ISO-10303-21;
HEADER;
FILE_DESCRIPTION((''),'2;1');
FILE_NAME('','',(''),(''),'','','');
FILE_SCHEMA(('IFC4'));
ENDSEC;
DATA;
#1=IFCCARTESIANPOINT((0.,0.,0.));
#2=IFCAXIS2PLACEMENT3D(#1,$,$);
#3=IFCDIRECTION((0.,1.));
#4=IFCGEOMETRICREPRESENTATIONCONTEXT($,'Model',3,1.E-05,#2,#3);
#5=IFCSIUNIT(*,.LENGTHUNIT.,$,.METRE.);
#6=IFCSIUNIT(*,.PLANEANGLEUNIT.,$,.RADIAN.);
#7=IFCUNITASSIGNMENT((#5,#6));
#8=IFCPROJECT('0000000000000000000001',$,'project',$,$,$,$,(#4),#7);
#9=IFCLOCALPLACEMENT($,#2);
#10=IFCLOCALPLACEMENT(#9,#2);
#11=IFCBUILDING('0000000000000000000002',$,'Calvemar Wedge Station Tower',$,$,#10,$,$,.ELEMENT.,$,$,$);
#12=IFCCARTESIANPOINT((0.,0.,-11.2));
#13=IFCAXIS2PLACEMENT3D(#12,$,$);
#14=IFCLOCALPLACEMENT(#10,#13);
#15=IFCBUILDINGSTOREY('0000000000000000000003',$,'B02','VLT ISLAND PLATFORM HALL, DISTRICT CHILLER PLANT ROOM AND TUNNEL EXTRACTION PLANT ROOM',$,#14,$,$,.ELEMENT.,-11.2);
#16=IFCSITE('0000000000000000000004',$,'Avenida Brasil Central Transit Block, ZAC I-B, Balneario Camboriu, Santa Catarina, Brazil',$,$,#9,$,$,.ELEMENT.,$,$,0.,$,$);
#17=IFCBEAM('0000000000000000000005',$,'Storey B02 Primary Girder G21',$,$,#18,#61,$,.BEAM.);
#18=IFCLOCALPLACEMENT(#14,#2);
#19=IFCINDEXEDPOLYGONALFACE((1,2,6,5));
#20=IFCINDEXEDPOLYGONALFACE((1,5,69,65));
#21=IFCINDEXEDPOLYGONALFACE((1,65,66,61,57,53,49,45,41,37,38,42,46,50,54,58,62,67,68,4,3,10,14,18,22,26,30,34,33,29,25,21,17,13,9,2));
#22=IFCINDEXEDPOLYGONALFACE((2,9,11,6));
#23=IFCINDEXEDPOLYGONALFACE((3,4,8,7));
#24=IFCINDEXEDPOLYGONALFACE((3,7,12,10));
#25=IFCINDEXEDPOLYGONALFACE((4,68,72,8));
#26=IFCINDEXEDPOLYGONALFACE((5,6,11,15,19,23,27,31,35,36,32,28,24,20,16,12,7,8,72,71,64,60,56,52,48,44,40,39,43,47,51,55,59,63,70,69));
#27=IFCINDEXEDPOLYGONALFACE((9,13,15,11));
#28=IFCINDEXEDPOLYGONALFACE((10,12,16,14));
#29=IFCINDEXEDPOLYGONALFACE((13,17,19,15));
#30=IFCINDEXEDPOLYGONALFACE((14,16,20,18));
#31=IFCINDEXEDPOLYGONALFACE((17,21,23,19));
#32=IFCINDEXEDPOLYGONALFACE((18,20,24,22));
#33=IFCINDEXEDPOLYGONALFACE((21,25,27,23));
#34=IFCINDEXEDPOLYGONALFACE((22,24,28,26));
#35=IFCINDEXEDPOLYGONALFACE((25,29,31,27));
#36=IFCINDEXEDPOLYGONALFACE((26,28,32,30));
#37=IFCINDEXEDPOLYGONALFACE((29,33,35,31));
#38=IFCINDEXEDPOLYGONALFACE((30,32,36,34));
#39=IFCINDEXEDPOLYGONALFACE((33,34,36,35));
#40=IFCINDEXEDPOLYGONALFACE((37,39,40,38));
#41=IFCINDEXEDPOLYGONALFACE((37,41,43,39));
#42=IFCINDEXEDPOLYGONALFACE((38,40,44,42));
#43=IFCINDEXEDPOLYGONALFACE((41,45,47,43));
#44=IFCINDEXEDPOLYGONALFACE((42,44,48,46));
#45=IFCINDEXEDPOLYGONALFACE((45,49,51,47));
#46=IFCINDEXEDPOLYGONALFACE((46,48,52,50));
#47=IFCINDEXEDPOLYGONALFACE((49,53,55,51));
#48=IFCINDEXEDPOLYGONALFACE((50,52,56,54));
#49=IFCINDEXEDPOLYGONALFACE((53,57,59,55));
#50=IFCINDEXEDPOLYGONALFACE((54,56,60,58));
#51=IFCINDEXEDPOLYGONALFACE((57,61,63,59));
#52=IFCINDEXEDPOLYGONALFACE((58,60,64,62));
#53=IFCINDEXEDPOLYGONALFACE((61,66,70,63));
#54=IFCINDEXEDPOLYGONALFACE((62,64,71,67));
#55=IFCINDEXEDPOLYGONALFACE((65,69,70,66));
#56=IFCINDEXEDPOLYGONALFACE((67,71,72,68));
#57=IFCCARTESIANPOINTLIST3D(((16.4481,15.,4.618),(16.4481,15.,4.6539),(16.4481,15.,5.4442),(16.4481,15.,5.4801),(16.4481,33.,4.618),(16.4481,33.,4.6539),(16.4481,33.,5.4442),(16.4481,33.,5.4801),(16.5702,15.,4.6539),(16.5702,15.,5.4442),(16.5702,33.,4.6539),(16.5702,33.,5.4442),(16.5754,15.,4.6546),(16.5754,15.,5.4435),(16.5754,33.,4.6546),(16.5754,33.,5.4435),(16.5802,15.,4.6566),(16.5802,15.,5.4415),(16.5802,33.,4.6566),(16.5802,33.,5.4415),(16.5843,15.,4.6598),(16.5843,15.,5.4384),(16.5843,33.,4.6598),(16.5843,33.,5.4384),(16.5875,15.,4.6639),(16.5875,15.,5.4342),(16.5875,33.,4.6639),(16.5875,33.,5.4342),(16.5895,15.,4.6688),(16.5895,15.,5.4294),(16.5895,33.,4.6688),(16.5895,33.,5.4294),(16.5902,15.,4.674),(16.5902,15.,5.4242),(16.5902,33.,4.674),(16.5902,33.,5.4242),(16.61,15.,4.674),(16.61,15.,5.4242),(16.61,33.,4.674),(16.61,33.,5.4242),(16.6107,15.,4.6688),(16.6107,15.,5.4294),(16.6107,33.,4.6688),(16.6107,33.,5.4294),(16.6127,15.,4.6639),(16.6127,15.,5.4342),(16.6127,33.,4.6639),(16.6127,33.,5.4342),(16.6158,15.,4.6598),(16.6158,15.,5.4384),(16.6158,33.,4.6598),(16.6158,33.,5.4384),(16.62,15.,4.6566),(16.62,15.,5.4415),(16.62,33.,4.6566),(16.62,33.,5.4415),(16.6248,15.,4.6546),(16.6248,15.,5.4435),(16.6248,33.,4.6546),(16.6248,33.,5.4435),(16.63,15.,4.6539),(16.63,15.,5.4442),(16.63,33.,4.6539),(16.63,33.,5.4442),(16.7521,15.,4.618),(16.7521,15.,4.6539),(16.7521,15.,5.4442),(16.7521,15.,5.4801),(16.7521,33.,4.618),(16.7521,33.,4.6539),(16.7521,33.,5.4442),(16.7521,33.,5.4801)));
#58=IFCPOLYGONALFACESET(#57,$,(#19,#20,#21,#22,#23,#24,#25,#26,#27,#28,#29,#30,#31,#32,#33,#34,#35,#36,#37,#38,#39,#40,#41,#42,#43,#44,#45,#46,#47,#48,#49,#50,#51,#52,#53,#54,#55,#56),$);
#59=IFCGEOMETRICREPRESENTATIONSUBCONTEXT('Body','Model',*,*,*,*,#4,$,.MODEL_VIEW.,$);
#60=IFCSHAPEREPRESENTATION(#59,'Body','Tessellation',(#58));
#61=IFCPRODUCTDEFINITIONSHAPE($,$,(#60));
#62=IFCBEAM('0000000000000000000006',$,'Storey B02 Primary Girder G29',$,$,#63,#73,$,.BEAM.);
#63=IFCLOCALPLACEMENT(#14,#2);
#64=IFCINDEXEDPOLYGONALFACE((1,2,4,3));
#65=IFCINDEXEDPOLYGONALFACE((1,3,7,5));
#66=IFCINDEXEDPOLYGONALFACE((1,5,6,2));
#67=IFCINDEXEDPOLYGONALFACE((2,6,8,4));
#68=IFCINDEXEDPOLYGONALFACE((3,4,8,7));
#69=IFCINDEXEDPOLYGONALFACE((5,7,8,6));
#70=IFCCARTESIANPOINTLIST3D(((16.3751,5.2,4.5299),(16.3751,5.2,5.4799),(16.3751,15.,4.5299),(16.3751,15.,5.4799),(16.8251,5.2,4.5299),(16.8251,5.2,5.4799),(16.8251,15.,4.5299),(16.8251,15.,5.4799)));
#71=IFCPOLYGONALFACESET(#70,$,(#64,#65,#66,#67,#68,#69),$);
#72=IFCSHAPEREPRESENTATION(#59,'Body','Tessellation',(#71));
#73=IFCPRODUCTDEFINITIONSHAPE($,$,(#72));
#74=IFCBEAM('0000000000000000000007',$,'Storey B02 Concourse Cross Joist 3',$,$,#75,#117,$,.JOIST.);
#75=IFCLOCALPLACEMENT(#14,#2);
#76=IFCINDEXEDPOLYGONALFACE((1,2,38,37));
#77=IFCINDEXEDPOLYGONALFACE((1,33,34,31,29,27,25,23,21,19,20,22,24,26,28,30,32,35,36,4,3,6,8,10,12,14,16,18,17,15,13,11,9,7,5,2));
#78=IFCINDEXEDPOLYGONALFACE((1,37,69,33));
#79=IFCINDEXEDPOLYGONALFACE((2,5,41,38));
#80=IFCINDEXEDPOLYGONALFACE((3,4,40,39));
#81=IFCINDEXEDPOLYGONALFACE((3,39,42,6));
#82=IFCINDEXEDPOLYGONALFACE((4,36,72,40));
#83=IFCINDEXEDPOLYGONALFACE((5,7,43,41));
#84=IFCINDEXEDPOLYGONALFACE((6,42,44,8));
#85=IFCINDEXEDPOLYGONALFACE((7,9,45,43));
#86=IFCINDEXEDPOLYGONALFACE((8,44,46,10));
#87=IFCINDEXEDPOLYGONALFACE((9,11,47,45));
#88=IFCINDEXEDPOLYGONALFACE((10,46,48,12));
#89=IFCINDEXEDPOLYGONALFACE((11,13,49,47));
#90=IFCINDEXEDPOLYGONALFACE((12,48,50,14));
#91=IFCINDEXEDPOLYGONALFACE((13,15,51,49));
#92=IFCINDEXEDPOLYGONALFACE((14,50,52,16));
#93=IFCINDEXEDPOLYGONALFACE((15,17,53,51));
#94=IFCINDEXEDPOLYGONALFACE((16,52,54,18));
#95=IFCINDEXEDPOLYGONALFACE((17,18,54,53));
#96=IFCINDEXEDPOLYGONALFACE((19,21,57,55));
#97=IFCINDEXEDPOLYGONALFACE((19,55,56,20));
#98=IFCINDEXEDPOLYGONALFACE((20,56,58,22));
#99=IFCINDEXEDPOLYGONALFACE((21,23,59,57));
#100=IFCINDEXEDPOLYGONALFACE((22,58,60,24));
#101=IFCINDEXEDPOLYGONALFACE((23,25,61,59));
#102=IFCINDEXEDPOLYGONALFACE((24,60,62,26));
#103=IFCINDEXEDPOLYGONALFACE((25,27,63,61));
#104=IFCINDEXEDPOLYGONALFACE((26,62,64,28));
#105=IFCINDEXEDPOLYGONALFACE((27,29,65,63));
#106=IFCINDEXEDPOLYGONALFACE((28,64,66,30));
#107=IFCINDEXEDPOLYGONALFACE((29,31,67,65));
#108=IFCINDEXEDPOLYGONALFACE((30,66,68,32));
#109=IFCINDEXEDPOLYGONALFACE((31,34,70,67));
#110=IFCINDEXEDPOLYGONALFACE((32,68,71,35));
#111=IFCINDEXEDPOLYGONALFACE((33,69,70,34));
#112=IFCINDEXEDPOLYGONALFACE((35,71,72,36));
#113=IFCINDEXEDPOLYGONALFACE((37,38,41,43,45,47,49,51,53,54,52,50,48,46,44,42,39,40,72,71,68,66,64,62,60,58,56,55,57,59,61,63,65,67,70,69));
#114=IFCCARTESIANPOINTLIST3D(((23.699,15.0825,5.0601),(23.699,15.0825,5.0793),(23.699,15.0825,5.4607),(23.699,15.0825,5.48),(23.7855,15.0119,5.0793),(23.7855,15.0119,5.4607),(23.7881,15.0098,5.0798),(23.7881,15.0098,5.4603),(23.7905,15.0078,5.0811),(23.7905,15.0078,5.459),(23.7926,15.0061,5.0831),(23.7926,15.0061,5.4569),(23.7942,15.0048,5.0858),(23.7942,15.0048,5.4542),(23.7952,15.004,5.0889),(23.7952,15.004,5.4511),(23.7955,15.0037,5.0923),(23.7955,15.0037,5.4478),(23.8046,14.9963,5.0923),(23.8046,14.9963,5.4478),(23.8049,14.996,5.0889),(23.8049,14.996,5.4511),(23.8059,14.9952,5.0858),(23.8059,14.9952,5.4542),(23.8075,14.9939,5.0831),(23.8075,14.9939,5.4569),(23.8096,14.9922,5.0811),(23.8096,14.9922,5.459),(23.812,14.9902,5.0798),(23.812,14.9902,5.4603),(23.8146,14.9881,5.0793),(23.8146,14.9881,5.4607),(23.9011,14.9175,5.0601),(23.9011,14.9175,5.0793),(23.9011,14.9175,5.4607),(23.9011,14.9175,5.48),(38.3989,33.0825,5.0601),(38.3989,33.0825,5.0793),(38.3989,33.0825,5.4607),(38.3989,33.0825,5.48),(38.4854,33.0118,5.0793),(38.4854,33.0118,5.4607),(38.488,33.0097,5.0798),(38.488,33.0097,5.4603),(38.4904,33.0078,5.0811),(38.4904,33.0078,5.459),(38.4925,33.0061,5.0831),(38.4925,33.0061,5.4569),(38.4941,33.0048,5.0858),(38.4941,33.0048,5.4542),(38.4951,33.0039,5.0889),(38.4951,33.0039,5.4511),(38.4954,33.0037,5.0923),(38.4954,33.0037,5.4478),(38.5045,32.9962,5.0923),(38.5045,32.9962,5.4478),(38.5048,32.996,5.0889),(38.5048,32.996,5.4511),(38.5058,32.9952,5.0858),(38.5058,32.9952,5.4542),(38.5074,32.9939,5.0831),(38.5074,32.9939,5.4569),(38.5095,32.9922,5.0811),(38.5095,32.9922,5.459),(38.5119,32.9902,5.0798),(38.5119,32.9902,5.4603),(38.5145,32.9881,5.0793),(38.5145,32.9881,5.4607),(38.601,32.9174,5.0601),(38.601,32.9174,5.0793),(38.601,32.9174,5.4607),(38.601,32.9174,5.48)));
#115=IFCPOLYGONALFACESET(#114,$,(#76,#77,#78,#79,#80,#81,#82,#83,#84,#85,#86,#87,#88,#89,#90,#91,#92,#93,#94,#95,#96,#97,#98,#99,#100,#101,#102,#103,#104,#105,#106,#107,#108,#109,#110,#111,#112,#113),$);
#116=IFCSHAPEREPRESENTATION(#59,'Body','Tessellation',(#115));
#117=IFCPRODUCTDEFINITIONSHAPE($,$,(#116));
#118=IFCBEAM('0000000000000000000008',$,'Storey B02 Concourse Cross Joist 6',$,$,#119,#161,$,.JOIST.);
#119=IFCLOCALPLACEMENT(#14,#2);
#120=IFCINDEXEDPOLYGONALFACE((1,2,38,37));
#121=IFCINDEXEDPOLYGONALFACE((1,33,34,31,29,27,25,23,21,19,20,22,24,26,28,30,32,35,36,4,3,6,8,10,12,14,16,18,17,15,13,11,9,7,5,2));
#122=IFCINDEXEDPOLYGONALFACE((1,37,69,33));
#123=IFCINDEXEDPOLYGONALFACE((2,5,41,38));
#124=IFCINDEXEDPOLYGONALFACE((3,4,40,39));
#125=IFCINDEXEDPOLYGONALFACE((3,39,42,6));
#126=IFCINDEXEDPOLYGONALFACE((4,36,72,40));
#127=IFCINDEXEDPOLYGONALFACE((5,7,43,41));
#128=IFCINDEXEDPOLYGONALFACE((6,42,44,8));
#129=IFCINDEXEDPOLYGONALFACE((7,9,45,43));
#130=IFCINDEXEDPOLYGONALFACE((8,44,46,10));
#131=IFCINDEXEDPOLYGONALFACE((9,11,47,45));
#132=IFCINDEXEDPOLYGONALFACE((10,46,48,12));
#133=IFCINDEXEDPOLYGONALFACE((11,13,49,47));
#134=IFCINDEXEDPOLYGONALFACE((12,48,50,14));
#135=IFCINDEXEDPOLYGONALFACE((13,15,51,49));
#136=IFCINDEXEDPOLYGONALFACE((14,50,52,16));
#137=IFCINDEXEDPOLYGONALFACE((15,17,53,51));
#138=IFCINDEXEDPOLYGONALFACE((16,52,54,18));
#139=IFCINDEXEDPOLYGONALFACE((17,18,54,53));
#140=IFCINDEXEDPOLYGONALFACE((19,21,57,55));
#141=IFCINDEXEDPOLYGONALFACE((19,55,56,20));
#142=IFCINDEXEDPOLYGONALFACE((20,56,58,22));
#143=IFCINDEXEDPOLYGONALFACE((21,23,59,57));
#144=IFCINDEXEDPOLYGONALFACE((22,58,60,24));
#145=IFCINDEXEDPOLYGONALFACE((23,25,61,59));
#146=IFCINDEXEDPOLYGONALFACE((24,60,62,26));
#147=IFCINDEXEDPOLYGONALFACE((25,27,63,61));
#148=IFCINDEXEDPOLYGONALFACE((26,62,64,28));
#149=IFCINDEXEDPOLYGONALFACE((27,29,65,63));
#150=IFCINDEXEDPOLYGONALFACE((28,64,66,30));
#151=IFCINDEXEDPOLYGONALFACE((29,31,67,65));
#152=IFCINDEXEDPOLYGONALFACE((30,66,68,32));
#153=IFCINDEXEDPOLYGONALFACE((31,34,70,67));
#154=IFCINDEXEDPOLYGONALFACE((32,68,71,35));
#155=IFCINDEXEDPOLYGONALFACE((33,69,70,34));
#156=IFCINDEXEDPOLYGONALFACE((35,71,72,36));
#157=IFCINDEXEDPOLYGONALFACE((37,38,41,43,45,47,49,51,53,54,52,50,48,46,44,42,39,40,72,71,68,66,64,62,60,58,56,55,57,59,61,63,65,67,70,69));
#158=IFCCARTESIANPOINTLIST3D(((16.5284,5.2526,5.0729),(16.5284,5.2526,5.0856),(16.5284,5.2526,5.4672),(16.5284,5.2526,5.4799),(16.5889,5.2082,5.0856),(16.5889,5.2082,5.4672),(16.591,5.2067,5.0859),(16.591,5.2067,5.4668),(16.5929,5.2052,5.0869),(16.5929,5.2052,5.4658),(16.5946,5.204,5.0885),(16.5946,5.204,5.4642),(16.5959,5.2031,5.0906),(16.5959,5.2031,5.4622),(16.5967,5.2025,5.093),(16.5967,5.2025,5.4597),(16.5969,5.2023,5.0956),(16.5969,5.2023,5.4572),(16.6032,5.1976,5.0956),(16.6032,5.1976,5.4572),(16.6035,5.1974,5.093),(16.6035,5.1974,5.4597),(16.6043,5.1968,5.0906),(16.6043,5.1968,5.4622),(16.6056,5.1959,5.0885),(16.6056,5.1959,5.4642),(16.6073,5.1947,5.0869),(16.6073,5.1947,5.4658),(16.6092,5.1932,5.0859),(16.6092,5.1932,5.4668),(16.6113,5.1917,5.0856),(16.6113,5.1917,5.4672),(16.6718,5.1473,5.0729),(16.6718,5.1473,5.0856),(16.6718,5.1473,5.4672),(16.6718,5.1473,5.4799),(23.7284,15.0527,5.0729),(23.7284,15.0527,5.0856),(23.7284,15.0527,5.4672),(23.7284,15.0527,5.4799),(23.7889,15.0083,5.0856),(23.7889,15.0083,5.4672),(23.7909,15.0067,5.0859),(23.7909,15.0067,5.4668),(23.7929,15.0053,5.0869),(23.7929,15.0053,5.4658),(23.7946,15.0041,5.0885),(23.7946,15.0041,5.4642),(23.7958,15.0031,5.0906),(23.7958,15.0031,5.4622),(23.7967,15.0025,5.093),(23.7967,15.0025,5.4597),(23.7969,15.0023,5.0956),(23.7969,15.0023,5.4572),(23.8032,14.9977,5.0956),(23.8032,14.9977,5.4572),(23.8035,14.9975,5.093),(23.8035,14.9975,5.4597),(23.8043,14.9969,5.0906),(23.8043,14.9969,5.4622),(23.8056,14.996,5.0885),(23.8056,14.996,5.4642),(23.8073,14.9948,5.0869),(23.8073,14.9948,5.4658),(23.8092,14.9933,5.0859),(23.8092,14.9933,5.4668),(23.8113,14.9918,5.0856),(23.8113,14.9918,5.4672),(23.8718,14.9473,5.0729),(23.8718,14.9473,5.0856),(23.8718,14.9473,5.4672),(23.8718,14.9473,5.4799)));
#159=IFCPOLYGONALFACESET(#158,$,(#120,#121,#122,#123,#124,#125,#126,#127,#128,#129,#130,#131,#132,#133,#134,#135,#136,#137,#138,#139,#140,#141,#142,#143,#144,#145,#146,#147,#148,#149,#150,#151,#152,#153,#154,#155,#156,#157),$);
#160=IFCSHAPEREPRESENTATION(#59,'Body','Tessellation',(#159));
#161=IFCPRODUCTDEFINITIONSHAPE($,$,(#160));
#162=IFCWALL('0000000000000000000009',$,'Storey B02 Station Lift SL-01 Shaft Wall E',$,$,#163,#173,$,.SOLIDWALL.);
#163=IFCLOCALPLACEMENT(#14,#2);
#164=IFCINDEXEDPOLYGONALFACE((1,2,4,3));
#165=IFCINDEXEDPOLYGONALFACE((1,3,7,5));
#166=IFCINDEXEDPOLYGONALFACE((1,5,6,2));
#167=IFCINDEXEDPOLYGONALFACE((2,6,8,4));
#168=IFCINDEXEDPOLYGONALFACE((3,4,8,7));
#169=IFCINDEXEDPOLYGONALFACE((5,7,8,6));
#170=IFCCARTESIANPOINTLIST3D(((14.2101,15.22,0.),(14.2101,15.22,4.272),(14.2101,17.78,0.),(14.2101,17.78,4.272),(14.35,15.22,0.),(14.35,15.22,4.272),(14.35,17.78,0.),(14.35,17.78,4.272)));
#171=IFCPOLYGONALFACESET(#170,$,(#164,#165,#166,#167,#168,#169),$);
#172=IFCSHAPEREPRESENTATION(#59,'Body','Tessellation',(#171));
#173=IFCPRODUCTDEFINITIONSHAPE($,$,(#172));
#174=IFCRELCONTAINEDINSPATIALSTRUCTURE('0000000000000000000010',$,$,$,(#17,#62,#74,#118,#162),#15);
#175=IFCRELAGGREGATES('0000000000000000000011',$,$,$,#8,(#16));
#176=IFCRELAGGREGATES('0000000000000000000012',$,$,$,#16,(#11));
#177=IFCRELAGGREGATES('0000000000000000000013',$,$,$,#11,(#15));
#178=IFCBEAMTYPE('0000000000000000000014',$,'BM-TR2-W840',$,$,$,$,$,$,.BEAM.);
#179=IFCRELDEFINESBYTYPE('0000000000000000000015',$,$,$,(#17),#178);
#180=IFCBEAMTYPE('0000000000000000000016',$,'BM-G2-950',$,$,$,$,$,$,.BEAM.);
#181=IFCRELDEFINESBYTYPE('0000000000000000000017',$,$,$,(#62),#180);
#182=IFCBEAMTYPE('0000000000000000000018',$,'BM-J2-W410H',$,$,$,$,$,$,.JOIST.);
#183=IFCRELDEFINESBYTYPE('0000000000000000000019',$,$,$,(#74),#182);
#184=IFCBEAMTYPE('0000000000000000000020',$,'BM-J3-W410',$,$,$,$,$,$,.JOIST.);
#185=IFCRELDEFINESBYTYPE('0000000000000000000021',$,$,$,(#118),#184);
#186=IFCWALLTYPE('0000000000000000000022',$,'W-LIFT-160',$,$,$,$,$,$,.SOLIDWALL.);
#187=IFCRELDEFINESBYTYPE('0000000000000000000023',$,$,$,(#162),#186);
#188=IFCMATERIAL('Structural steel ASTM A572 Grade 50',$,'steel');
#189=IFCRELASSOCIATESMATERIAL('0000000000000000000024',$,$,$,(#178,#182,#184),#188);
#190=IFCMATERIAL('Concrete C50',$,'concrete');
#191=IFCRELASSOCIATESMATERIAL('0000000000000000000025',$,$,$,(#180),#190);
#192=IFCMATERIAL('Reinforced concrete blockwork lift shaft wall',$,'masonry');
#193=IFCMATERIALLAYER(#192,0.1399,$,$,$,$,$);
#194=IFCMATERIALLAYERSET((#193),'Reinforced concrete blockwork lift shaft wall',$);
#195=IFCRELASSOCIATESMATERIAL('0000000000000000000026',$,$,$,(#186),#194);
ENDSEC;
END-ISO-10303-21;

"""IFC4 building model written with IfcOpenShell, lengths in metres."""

from ifc_helpers import new_model, si_unit, direction, frame, frame_2d, origin, origin_2d, place, context, subcontext, project, spatial, rectangle, i_section, extrude, source, transform, mapped, material, layer, layer_set, material_profile, profile_set, type_object, element, save


model = new_model("IFC4")

# Units and contexts
model_context = context("Model", 3, precision=1e-05, world=origin(), true_north=direction((0.0, 1.0)))
body_context = subcontext(model_context, "Body", "Model", "MODEL_VIEW")
ifc_project = project(units=[si_unit("LENGTHUNIT", "METRE"), si_unit("PLANEANGLEUNIT", "RADIAN")], contexts=[model_context])

# Site, building, storey
site_placement = place(None, origin())
site = spatial("IfcSite", under=ifc_project, at=site_placement, Name="Avenida Brasil Central Transit Block, ZAC I-B, Balneario Camboriu, Santa Catarina, Brazil", CompositionType="ELEMENT", RefElevation=0.0)
building_placement = place(site_placement, origin())
building = spatial("IfcBuilding", under=site, at=building_placement, Name="Calvemar Wedge Station Tower", CompositionType="ELEMENT")
storey_placement = place(building_placement, frame((0.0, 0.0, -11.2)))
storey = spatial("IfcBuildingStorey", under=building, at=storey_placement, Name="B02", Description="VLT ISLAND PLATFORM HALL, DISTRICT CHILLER PLANT ROOM AND TUNNEL EXTRACTION PLANT ROOM", CompositionType="ELEMENT", Elevation=-11.2)

# Beams
ifc_material_1 = material(Name="Structural steel ASTM A572 Grade 50", Category="steel")
ifc_material_profile_1 = material_profile(ifc_material_1, i_section(OverallWidth=0.304, OverallDepth=0.8621, WebThickness=0.0198, FlangeThickness=0.0359, FilletRadius=0.02, at=origin_2d()), Name="W840x329")
ifc_profile_set_1 = profile_set([ifc_material_profile_1], Name="Structural steel ASTM A572 Grade 50")
beam_type_1 = type_object("IfcBeamType", Name="BM-TR2-W840", PredefinedType="BEAM", material=ifc_profile_set_1)
shared_shape_1 = source(origin(), body_context, "Body", "SweptSolid", [
    extrude(i_section(OverallWidth=0.304, OverallDepth=0.8621, WebThickness=0.0198, FlangeThickness=0.0359, FilletRadius=0.02, at=origin_2d()), origin(), (0.0, 0.0, 1.0), 18.0),
])
beam_1_placement = place(storey_placement, frame((16.6001, 15.0, 5.0491), z_axis=(0.0, 1.0, 0.0), x_axis=(-1.0, 0.0, 0.0)))
element("IfcBeam", 1, at=beam_1_placement, inside=storey, type_object=beam_type_1, Name="Storey B02 Primary Girder G21", PredefinedType="BEAM", context=body_context, shape_type="MappedRepresentation", body=[
    mapped(shared_shape_1, transform((0.0, 0.0, 0.0), scale=1.0)),
])
ifc_material_2 = material(Name="Concrete C50", Category="concrete")
ifc_material_profile_2 = material_profile(ifc_material_2, rectangle(XDim=0.45, YDim=0.95, at=origin_2d()), Name="RC450x950")
ifc_profile_set_2 = profile_set([ifc_material_profile_2], Name="Concrete C50")
beam_type_2 = type_object("IfcBeamType", Name="BM-G2-950", PredefinedType="BEAM", material=ifc_profile_set_2)
shared_shape_2 = source(origin(), body_context, "Body", "SweptSolid", [
    extrude(rectangle(XDim=0.45, YDim=0.95, at=origin_2d()), origin(), (0.0, 0.0, 1.0), 9.8),
])
beam_2_placement = place(storey_placement, frame((16.6001, 5.2, 5.0049), z_axis=(0.0, 1.0, 0.0), x_axis=(-1.0, 0.0, 0.0)))
element("IfcBeam", 2, at=beam_2_placement, inside=storey, type_object=beam_type_2, Name="Storey B02 Primary Girder G29", PredefinedType="BEAM", context=body_context, shape_type="MappedRepresentation", body=[
    mapped(shared_shape_2, transform((0.0, 0.0, 0.0), scale=1.0)),
])
ifc_material_profile_3 = material_profile(ifc_material_1, i_section(OverallWidth=0.261, OverallDepth=0.4199, WebThickness=0.0117, FlangeThickness=0.0193, FilletRadius=0.0129, at=origin_2d()), Name="W410x114")
ifc_profile_set_3 = profile_set([ifc_material_profile_3], Name="Structural steel ASTM A572 Grade 50")
beam_type_3 = type_object("IfcBeamType", Name="BM-J2-W410H", PredefinedType="JOIST", material=ifc_profile_set_3)
shared_shape_3 = source(origin(), body_context, "Body", "SweptSolid", [
    extrude(i_section(OverallWidth=0.261, OverallDepth=0.4199, WebThickness=0.0117, FlangeThickness=0.0193, FilletRadius=0.0129, at=origin_2d()), origin(), (0.0, 0.0, 1.0), 23.2397),
])
beam_3_placement = place(storey_placement, frame((23.8, 15.0, 5.27), z_axis=(0.632533, 0.774533, 0.0), x_axis=(-0.774533, 0.632533, 0.0)))
element("IfcBeam", 3, at=beam_3_placement, inside=storey, type_object=beam_type_3, Name="Storey B02 Concourse Cross Joist 3", PredefinedType="JOIST", context=body_context, shape_type="MappedRepresentation", body=[
    mapped(shared_shape_3, transform((0.0, 0.0, 0.0), scale=1.0)),
])
ifc_material_profile_4 = material_profile(ifc_material_1, i_section(OverallWidth=0.178, OverallDepth=0.407, WebThickness=0.0078, FlangeThickness=0.0127, FilletRadius=0.01, at=origin_2d()), Name="W410x60")
ifc_profile_set_4 = profile_set([ifc_material_profile_4], Name="Structural steel ASTM A572 Grade 50")
beam_type_4 = type_object("IfcBeamType", Name="BM-J3-W410", PredefinedType="JOIST", material=ifc_profile_set_4)
shared_shape_4 = source(origin(), body_context, "Body", "SweptSolid", [
    extrude(i_section(OverallWidth=0.178, OverallDepth=0.407, WebThickness=0.0078, FlangeThickness=0.0127, FilletRadius=0.01, at=origin_2d()), origin(), (0.0, 0.0, 1.0), 12.1606),
])
beam_4_placement = place(storey_placement, frame((16.6001, 5.2, 5.2764), z_axis=(0.592072, 0.805885, 0.0), x_axis=(-0.805885, 0.592072, 0.0)))
element("IfcBeam", 4, at=beam_4_placement, inside=storey, type_object=beam_type_4, Name="Storey B02 Concourse Cross Joist 6", PredefinedType="JOIST", context=body_context, shape_type="MappedRepresentation", body=[
    mapped(shared_shape_4, transform((0.0, 0.0, 0.0), scale=1.0)),
])

# Wall
ifc_material_3 = material(Name="Reinforced concrete blockwork lift shaft wall", Category="masonry")
ifc_layer = layer(ifc_material_3, 0.1399)
ifc_layer_set = layer_set([ifc_layer], Name="Reinforced concrete blockwork lift shaft wall")
wall_type = type_object("IfcWallType", Name="W-LIFT-160", PredefinedType="SOLIDWALL", material=ifc_layer_set)
wall_placement = place(storey_placement, frame((14.28, 15.22, 0.0), z_axis=(0.0, 0.0, 1.0), x_axis=(0.0, 1.0, 0.0)))
element("IfcWall", 5, at=wall_placement, inside=storey, type_object=wall_type, Name="Storey B02 Station Lift SL-01 Shaft Wall E", PredefinedType="SOLIDWALL", context=body_context, shape_type="SweptSolid", body=[
    extrude(rectangle(XDim=2.5601, YDim=0.1399, at=frame_2d((1.28, 0.0))), origin(), (0.0, 0.0, 1.0), 4.272),
])

save(model, "model.ifc")
